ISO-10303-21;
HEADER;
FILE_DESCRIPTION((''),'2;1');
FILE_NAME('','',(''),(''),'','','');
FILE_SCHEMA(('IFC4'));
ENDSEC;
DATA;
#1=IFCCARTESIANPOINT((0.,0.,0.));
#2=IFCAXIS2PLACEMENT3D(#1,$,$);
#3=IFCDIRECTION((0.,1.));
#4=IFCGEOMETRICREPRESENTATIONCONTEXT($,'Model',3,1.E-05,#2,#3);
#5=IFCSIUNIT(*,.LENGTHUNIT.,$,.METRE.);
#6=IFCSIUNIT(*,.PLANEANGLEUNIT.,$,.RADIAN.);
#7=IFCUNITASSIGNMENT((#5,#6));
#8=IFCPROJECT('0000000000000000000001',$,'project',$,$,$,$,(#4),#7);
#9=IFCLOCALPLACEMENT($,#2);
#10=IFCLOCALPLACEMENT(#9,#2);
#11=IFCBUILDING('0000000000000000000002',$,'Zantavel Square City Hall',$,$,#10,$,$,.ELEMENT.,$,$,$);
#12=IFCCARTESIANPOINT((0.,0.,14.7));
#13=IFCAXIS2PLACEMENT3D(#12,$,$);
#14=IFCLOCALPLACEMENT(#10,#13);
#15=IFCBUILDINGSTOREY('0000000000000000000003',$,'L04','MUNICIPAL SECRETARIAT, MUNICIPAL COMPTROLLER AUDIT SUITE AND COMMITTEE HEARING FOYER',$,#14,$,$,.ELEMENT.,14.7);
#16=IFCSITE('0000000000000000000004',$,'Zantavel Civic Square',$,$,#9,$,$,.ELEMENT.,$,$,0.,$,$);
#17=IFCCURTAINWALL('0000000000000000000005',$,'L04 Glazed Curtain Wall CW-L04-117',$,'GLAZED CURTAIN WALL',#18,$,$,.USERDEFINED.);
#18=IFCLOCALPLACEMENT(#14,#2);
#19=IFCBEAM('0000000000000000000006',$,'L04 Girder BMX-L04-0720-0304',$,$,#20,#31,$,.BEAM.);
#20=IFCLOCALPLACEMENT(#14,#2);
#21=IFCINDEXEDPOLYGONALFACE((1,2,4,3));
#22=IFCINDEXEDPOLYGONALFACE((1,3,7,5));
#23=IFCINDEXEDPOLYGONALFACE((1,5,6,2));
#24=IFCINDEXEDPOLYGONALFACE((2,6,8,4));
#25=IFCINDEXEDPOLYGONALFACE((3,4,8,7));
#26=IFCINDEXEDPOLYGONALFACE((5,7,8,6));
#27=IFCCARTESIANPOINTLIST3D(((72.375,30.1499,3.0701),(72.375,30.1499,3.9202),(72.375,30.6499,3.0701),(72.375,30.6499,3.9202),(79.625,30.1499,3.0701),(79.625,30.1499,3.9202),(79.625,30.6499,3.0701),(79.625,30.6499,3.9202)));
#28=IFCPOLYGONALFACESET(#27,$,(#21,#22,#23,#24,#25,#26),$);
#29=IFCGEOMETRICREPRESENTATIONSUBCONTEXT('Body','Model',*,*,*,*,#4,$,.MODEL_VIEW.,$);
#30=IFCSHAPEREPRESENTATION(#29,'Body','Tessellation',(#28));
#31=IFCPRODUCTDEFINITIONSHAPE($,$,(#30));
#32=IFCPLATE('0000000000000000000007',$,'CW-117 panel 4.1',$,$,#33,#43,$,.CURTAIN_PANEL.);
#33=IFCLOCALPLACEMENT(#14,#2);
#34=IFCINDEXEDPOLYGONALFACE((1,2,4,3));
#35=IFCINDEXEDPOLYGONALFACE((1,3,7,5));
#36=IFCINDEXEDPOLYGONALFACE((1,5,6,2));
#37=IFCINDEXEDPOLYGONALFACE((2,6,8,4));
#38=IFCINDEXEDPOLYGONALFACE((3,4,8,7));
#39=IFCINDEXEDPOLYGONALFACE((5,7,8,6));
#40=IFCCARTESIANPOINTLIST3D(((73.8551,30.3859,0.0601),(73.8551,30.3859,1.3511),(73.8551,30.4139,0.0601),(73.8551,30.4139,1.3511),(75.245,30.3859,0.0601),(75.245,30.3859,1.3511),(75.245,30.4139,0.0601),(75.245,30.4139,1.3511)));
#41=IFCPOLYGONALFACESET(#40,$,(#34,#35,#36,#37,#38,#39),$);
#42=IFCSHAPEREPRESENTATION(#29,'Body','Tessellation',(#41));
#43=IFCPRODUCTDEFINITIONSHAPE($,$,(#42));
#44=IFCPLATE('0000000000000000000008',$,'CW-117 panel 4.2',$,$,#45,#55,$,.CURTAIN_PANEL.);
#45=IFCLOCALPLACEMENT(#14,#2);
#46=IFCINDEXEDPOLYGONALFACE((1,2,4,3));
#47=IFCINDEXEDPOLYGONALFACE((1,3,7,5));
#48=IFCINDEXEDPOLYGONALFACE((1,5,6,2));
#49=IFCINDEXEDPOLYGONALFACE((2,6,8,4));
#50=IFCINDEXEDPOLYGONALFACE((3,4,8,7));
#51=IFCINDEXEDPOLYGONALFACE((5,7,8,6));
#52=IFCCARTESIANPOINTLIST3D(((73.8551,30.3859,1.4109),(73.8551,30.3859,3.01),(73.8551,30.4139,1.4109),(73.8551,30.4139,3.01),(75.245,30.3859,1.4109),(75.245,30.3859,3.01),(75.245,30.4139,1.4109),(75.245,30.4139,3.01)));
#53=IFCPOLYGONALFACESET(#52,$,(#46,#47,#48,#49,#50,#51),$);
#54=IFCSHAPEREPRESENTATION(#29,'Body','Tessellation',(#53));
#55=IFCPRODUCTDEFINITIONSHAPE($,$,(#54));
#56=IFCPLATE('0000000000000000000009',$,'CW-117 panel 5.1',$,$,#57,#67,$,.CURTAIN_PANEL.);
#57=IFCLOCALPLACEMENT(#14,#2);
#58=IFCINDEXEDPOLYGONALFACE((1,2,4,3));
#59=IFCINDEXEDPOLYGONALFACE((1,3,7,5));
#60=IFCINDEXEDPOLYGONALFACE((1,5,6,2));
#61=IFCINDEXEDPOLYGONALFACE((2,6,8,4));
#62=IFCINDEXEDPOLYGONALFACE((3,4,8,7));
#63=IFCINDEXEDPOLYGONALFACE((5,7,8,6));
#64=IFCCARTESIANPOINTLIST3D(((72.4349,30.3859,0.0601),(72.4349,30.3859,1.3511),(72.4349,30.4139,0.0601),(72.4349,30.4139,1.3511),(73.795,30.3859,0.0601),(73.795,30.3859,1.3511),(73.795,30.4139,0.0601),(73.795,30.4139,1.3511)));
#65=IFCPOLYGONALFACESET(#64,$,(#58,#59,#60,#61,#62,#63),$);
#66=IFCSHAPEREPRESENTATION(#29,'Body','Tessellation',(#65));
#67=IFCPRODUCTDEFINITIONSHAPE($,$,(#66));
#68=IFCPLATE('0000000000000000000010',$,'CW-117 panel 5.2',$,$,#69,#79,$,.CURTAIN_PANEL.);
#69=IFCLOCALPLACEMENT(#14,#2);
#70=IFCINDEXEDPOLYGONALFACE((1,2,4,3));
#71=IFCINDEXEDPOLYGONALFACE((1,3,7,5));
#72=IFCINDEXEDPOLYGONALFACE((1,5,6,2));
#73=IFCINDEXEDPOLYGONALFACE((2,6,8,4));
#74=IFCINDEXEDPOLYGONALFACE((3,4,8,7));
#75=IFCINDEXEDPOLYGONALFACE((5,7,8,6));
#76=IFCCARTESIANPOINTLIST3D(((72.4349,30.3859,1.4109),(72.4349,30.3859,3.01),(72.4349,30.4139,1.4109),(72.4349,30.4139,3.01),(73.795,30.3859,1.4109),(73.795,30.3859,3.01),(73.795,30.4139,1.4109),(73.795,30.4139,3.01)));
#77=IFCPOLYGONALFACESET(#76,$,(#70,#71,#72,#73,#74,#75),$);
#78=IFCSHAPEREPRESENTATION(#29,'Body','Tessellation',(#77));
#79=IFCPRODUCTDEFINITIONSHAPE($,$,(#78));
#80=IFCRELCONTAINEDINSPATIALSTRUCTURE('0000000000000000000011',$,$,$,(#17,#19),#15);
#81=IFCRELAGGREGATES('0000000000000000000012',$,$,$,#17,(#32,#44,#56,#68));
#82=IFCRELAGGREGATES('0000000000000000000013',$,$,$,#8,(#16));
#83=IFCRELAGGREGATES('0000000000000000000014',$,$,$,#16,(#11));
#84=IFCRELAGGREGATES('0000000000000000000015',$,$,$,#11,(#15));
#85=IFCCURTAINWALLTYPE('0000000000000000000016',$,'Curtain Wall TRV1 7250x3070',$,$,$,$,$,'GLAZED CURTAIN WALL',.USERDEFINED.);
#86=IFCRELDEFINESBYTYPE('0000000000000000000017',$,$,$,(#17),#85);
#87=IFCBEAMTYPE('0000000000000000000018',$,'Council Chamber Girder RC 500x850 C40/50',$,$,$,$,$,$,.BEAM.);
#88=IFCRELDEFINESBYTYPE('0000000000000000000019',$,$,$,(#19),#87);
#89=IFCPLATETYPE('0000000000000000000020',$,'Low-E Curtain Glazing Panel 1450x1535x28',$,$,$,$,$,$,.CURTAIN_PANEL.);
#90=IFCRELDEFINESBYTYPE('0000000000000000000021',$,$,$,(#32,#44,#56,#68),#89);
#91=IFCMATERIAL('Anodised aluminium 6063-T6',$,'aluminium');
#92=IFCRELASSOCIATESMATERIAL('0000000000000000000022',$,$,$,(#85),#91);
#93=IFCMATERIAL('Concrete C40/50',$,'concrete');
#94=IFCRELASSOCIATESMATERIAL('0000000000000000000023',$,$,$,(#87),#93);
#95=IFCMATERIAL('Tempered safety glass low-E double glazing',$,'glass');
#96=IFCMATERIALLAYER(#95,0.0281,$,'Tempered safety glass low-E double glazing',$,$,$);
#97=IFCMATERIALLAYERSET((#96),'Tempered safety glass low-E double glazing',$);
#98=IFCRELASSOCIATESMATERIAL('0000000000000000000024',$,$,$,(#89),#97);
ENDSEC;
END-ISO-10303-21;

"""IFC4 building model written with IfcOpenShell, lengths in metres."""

from ifc_helpers import new_model, si_unit, direction, frame, origin, origin_2d, place, context, subcontext, project, spatial, rectangle, extrude, material, layer, layer_set, material_profile, profile_set, type_object, element, aggregate, save


model = new_model("IFC4")

# Units and contexts
model_context = context("Model", 3, precision=1e-05, world=origin(), true_north=direction((0.0, 1.0)))
body_context = subcontext(model_context, "Body", "Model", "MODEL_VIEW")
ifc_project = project(units=[si_unit("LENGTHUNIT", "METRE"), si_unit("PLANEANGLEUNIT", "RADIAN")], contexts=[model_context])

# Site, building, storey
site_placement = place(None, origin())
site = spatial("IfcSite", under=ifc_project, at=site_placement, Name="Zantavel Civic Square", CompositionType="ELEMENT", RefElevation=0.0)
building_placement = place(site_placement, origin())
building = spatial("IfcBuilding", under=site, at=building_placement, Name="Zantavel Square City Hall", CompositionType="ELEMENT")
storey_placement = place(building_placement, frame((0.0, 0.0, 14.7)))
storey = spatial("IfcBuildingStorey", under=building, at=storey_placement, Name="L04", Description="MUNICIPAL SECRETARIAT, MUNICIPAL COMPTROLLER AUDIT SUITE AND COMMITTEE HEARING FOYER", CompositionType="ELEMENT", Elevation=14.7)

# Shared definitions
ifc_material_1 = material(Name="Concrete C40/50", Category="concrete")

# Curtain wall
ifc_material_2 = material(Name="Anodised aluminium 6063-T6", Category="aluminium")
curtain_wall_type = type_object("IfcCurtainWallType", Name="Curtain Wall TRV1 7250x3070", ElementType="GLAZED CURTAIN WALL", PredefinedType="USERDEFINED", material=ifc_material_2)
curtain_wall_placement = place(storey_placement, origin())
curtain_wall = element("IfcCurtainWall", 1, at=curtain_wall_placement, inside=storey, type_object=curtain_wall_type, Name="L04 Glazed Curtain Wall CW-L04-117", ObjectType="GLAZED CURTAIN WALL", PredefinedType="USERDEFINED")

# Beam
ifc_material_profile_1 = material_profile(ifc_material_1, rectangle(XDim=0.5, YDim=0.8501, at=origin_2d()), Name="RC 500x850")
ifc_profile_set_1 = profile_set([ifc_material_profile_1], Name="Concrete C40/50")
beam_type = type_object("IfcBeamType", Name="Council Chamber Girder RC 500x850 C40/50", PredefinedType="BEAM", material=ifc_profile_set_1)
for number, where, z_axis, x_axis, name in (
    (2, (72.375, 30.3999, 3.4951), (1.0, 0.0, 0.0), (0.0, 1.0, 0.0), "L04 Girder BMX-L04-0720-0304"),
):
    element("IfcBeam", number, at=place(storey_placement, frame(where, z_axis=z_axis, x_axis=x_axis)), inside=storey, type_object=beam_type, Name=name, PredefinedType="BEAM", context=body_context, shape_type="SweptSolid", body=[
        extrude(rectangle(XDim=0.5, YDim=0.8501, at=origin_2d()), origin(), (0.0, 0.0, 1.0), 7.25),
    ])

# Plates
ifc_material_3 = material(Name="Tempered safety glass low-E double glazing", Category="glass")
ifc_layer_1 = layer(ifc_material_3, 0.0281, Name="Tempered safety glass low-E double glazing")
ifc_layer_set_1 = layer_set([ifc_layer_1], Name="Tempered safety glass low-E double glazing")
plate_type = type_object("IfcPlateType", Name="Low-E Curtain Glazing Panel 1450x1535x28", PredefinedType="CURTAIN_PANEL", material=ifc_layer_set_1)
plate_1_placement = place(storey_placement, frame((74.55, 30.3999, 0.0601), z_axis=(0.0, 0.0, 1.0), x_axis=(-1.0, 0.0, 0.0)))
plate_1 = element("IfcPlate", 3, at=plate_1_placement, type_object=plate_type, Name="CW-117 panel 4.1", PredefinedType="CURTAIN_PANEL", context=body_context, shape_type="SweptSolid", body=[
    extrude(rectangle(XDim=1.3899, YDim=0.0281, at=origin_2d()), origin(), (0.0, 0.0, 1.0), 1.291),
])
plate_2_placement = place(storey_placement, frame((74.55, 30.3999, 1.4109), z_axis=(0.0, 0.0, 1.0), x_axis=(-1.0, 0.0, 0.0)))
plate_2 = element("IfcPlate", 4, at=plate_2_placement, type_object=plate_type, Name="CW-117 panel 4.2", PredefinedType="CURTAIN_PANEL", context=body_context, shape_type="SweptSolid", body=[
    extrude(rectangle(XDim=1.3899, YDim=0.0281, at=origin_2d()), origin(), (0.0, 0.0, 1.0), 1.5991),
])
plate_3_placement = place(storey_placement, frame((73.115, 30.3999, 0.0601), z_axis=(0.0, 0.0, 1.0), x_axis=(-1.0, 0.0, 0.0)))
plate_3 = element("IfcPlate", 5, at=plate_3_placement, type_object=plate_type, Name="CW-117 panel 5.1", PredefinedType="CURTAIN_PANEL", context=body_context, shape_type="SweptSolid", body=[
    extrude(rectangle(XDim=1.3601, YDim=0.0281, at=origin_2d()), origin(), (0.0, 0.0, 1.0), 1.291),
])
plate_4_placement = place(storey_placement, frame((73.115, 30.3999, 1.4109), z_axis=(0.0, 0.0, 1.0), x_axis=(-1.0, 0.0, 0.0)))
plate_4 = element("IfcPlate", 6, at=plate_4_placement, type_object=plate_type, Name="CW-117 panel 5.2", PredefinedType="CURTAIN_PANEL", context=body_context, shape_type="SweptSolid", body=[
    extrude(rectangle(XDim=1.3601, YDim=0.0281, at=origin_2d()), origin(), (0.0, 0.0, 1.0), 1.5991),
])
aggregate(curtain_wall, [plate_1, plate_2, plate_3, plate_4])

save(model, "model.ifc")
